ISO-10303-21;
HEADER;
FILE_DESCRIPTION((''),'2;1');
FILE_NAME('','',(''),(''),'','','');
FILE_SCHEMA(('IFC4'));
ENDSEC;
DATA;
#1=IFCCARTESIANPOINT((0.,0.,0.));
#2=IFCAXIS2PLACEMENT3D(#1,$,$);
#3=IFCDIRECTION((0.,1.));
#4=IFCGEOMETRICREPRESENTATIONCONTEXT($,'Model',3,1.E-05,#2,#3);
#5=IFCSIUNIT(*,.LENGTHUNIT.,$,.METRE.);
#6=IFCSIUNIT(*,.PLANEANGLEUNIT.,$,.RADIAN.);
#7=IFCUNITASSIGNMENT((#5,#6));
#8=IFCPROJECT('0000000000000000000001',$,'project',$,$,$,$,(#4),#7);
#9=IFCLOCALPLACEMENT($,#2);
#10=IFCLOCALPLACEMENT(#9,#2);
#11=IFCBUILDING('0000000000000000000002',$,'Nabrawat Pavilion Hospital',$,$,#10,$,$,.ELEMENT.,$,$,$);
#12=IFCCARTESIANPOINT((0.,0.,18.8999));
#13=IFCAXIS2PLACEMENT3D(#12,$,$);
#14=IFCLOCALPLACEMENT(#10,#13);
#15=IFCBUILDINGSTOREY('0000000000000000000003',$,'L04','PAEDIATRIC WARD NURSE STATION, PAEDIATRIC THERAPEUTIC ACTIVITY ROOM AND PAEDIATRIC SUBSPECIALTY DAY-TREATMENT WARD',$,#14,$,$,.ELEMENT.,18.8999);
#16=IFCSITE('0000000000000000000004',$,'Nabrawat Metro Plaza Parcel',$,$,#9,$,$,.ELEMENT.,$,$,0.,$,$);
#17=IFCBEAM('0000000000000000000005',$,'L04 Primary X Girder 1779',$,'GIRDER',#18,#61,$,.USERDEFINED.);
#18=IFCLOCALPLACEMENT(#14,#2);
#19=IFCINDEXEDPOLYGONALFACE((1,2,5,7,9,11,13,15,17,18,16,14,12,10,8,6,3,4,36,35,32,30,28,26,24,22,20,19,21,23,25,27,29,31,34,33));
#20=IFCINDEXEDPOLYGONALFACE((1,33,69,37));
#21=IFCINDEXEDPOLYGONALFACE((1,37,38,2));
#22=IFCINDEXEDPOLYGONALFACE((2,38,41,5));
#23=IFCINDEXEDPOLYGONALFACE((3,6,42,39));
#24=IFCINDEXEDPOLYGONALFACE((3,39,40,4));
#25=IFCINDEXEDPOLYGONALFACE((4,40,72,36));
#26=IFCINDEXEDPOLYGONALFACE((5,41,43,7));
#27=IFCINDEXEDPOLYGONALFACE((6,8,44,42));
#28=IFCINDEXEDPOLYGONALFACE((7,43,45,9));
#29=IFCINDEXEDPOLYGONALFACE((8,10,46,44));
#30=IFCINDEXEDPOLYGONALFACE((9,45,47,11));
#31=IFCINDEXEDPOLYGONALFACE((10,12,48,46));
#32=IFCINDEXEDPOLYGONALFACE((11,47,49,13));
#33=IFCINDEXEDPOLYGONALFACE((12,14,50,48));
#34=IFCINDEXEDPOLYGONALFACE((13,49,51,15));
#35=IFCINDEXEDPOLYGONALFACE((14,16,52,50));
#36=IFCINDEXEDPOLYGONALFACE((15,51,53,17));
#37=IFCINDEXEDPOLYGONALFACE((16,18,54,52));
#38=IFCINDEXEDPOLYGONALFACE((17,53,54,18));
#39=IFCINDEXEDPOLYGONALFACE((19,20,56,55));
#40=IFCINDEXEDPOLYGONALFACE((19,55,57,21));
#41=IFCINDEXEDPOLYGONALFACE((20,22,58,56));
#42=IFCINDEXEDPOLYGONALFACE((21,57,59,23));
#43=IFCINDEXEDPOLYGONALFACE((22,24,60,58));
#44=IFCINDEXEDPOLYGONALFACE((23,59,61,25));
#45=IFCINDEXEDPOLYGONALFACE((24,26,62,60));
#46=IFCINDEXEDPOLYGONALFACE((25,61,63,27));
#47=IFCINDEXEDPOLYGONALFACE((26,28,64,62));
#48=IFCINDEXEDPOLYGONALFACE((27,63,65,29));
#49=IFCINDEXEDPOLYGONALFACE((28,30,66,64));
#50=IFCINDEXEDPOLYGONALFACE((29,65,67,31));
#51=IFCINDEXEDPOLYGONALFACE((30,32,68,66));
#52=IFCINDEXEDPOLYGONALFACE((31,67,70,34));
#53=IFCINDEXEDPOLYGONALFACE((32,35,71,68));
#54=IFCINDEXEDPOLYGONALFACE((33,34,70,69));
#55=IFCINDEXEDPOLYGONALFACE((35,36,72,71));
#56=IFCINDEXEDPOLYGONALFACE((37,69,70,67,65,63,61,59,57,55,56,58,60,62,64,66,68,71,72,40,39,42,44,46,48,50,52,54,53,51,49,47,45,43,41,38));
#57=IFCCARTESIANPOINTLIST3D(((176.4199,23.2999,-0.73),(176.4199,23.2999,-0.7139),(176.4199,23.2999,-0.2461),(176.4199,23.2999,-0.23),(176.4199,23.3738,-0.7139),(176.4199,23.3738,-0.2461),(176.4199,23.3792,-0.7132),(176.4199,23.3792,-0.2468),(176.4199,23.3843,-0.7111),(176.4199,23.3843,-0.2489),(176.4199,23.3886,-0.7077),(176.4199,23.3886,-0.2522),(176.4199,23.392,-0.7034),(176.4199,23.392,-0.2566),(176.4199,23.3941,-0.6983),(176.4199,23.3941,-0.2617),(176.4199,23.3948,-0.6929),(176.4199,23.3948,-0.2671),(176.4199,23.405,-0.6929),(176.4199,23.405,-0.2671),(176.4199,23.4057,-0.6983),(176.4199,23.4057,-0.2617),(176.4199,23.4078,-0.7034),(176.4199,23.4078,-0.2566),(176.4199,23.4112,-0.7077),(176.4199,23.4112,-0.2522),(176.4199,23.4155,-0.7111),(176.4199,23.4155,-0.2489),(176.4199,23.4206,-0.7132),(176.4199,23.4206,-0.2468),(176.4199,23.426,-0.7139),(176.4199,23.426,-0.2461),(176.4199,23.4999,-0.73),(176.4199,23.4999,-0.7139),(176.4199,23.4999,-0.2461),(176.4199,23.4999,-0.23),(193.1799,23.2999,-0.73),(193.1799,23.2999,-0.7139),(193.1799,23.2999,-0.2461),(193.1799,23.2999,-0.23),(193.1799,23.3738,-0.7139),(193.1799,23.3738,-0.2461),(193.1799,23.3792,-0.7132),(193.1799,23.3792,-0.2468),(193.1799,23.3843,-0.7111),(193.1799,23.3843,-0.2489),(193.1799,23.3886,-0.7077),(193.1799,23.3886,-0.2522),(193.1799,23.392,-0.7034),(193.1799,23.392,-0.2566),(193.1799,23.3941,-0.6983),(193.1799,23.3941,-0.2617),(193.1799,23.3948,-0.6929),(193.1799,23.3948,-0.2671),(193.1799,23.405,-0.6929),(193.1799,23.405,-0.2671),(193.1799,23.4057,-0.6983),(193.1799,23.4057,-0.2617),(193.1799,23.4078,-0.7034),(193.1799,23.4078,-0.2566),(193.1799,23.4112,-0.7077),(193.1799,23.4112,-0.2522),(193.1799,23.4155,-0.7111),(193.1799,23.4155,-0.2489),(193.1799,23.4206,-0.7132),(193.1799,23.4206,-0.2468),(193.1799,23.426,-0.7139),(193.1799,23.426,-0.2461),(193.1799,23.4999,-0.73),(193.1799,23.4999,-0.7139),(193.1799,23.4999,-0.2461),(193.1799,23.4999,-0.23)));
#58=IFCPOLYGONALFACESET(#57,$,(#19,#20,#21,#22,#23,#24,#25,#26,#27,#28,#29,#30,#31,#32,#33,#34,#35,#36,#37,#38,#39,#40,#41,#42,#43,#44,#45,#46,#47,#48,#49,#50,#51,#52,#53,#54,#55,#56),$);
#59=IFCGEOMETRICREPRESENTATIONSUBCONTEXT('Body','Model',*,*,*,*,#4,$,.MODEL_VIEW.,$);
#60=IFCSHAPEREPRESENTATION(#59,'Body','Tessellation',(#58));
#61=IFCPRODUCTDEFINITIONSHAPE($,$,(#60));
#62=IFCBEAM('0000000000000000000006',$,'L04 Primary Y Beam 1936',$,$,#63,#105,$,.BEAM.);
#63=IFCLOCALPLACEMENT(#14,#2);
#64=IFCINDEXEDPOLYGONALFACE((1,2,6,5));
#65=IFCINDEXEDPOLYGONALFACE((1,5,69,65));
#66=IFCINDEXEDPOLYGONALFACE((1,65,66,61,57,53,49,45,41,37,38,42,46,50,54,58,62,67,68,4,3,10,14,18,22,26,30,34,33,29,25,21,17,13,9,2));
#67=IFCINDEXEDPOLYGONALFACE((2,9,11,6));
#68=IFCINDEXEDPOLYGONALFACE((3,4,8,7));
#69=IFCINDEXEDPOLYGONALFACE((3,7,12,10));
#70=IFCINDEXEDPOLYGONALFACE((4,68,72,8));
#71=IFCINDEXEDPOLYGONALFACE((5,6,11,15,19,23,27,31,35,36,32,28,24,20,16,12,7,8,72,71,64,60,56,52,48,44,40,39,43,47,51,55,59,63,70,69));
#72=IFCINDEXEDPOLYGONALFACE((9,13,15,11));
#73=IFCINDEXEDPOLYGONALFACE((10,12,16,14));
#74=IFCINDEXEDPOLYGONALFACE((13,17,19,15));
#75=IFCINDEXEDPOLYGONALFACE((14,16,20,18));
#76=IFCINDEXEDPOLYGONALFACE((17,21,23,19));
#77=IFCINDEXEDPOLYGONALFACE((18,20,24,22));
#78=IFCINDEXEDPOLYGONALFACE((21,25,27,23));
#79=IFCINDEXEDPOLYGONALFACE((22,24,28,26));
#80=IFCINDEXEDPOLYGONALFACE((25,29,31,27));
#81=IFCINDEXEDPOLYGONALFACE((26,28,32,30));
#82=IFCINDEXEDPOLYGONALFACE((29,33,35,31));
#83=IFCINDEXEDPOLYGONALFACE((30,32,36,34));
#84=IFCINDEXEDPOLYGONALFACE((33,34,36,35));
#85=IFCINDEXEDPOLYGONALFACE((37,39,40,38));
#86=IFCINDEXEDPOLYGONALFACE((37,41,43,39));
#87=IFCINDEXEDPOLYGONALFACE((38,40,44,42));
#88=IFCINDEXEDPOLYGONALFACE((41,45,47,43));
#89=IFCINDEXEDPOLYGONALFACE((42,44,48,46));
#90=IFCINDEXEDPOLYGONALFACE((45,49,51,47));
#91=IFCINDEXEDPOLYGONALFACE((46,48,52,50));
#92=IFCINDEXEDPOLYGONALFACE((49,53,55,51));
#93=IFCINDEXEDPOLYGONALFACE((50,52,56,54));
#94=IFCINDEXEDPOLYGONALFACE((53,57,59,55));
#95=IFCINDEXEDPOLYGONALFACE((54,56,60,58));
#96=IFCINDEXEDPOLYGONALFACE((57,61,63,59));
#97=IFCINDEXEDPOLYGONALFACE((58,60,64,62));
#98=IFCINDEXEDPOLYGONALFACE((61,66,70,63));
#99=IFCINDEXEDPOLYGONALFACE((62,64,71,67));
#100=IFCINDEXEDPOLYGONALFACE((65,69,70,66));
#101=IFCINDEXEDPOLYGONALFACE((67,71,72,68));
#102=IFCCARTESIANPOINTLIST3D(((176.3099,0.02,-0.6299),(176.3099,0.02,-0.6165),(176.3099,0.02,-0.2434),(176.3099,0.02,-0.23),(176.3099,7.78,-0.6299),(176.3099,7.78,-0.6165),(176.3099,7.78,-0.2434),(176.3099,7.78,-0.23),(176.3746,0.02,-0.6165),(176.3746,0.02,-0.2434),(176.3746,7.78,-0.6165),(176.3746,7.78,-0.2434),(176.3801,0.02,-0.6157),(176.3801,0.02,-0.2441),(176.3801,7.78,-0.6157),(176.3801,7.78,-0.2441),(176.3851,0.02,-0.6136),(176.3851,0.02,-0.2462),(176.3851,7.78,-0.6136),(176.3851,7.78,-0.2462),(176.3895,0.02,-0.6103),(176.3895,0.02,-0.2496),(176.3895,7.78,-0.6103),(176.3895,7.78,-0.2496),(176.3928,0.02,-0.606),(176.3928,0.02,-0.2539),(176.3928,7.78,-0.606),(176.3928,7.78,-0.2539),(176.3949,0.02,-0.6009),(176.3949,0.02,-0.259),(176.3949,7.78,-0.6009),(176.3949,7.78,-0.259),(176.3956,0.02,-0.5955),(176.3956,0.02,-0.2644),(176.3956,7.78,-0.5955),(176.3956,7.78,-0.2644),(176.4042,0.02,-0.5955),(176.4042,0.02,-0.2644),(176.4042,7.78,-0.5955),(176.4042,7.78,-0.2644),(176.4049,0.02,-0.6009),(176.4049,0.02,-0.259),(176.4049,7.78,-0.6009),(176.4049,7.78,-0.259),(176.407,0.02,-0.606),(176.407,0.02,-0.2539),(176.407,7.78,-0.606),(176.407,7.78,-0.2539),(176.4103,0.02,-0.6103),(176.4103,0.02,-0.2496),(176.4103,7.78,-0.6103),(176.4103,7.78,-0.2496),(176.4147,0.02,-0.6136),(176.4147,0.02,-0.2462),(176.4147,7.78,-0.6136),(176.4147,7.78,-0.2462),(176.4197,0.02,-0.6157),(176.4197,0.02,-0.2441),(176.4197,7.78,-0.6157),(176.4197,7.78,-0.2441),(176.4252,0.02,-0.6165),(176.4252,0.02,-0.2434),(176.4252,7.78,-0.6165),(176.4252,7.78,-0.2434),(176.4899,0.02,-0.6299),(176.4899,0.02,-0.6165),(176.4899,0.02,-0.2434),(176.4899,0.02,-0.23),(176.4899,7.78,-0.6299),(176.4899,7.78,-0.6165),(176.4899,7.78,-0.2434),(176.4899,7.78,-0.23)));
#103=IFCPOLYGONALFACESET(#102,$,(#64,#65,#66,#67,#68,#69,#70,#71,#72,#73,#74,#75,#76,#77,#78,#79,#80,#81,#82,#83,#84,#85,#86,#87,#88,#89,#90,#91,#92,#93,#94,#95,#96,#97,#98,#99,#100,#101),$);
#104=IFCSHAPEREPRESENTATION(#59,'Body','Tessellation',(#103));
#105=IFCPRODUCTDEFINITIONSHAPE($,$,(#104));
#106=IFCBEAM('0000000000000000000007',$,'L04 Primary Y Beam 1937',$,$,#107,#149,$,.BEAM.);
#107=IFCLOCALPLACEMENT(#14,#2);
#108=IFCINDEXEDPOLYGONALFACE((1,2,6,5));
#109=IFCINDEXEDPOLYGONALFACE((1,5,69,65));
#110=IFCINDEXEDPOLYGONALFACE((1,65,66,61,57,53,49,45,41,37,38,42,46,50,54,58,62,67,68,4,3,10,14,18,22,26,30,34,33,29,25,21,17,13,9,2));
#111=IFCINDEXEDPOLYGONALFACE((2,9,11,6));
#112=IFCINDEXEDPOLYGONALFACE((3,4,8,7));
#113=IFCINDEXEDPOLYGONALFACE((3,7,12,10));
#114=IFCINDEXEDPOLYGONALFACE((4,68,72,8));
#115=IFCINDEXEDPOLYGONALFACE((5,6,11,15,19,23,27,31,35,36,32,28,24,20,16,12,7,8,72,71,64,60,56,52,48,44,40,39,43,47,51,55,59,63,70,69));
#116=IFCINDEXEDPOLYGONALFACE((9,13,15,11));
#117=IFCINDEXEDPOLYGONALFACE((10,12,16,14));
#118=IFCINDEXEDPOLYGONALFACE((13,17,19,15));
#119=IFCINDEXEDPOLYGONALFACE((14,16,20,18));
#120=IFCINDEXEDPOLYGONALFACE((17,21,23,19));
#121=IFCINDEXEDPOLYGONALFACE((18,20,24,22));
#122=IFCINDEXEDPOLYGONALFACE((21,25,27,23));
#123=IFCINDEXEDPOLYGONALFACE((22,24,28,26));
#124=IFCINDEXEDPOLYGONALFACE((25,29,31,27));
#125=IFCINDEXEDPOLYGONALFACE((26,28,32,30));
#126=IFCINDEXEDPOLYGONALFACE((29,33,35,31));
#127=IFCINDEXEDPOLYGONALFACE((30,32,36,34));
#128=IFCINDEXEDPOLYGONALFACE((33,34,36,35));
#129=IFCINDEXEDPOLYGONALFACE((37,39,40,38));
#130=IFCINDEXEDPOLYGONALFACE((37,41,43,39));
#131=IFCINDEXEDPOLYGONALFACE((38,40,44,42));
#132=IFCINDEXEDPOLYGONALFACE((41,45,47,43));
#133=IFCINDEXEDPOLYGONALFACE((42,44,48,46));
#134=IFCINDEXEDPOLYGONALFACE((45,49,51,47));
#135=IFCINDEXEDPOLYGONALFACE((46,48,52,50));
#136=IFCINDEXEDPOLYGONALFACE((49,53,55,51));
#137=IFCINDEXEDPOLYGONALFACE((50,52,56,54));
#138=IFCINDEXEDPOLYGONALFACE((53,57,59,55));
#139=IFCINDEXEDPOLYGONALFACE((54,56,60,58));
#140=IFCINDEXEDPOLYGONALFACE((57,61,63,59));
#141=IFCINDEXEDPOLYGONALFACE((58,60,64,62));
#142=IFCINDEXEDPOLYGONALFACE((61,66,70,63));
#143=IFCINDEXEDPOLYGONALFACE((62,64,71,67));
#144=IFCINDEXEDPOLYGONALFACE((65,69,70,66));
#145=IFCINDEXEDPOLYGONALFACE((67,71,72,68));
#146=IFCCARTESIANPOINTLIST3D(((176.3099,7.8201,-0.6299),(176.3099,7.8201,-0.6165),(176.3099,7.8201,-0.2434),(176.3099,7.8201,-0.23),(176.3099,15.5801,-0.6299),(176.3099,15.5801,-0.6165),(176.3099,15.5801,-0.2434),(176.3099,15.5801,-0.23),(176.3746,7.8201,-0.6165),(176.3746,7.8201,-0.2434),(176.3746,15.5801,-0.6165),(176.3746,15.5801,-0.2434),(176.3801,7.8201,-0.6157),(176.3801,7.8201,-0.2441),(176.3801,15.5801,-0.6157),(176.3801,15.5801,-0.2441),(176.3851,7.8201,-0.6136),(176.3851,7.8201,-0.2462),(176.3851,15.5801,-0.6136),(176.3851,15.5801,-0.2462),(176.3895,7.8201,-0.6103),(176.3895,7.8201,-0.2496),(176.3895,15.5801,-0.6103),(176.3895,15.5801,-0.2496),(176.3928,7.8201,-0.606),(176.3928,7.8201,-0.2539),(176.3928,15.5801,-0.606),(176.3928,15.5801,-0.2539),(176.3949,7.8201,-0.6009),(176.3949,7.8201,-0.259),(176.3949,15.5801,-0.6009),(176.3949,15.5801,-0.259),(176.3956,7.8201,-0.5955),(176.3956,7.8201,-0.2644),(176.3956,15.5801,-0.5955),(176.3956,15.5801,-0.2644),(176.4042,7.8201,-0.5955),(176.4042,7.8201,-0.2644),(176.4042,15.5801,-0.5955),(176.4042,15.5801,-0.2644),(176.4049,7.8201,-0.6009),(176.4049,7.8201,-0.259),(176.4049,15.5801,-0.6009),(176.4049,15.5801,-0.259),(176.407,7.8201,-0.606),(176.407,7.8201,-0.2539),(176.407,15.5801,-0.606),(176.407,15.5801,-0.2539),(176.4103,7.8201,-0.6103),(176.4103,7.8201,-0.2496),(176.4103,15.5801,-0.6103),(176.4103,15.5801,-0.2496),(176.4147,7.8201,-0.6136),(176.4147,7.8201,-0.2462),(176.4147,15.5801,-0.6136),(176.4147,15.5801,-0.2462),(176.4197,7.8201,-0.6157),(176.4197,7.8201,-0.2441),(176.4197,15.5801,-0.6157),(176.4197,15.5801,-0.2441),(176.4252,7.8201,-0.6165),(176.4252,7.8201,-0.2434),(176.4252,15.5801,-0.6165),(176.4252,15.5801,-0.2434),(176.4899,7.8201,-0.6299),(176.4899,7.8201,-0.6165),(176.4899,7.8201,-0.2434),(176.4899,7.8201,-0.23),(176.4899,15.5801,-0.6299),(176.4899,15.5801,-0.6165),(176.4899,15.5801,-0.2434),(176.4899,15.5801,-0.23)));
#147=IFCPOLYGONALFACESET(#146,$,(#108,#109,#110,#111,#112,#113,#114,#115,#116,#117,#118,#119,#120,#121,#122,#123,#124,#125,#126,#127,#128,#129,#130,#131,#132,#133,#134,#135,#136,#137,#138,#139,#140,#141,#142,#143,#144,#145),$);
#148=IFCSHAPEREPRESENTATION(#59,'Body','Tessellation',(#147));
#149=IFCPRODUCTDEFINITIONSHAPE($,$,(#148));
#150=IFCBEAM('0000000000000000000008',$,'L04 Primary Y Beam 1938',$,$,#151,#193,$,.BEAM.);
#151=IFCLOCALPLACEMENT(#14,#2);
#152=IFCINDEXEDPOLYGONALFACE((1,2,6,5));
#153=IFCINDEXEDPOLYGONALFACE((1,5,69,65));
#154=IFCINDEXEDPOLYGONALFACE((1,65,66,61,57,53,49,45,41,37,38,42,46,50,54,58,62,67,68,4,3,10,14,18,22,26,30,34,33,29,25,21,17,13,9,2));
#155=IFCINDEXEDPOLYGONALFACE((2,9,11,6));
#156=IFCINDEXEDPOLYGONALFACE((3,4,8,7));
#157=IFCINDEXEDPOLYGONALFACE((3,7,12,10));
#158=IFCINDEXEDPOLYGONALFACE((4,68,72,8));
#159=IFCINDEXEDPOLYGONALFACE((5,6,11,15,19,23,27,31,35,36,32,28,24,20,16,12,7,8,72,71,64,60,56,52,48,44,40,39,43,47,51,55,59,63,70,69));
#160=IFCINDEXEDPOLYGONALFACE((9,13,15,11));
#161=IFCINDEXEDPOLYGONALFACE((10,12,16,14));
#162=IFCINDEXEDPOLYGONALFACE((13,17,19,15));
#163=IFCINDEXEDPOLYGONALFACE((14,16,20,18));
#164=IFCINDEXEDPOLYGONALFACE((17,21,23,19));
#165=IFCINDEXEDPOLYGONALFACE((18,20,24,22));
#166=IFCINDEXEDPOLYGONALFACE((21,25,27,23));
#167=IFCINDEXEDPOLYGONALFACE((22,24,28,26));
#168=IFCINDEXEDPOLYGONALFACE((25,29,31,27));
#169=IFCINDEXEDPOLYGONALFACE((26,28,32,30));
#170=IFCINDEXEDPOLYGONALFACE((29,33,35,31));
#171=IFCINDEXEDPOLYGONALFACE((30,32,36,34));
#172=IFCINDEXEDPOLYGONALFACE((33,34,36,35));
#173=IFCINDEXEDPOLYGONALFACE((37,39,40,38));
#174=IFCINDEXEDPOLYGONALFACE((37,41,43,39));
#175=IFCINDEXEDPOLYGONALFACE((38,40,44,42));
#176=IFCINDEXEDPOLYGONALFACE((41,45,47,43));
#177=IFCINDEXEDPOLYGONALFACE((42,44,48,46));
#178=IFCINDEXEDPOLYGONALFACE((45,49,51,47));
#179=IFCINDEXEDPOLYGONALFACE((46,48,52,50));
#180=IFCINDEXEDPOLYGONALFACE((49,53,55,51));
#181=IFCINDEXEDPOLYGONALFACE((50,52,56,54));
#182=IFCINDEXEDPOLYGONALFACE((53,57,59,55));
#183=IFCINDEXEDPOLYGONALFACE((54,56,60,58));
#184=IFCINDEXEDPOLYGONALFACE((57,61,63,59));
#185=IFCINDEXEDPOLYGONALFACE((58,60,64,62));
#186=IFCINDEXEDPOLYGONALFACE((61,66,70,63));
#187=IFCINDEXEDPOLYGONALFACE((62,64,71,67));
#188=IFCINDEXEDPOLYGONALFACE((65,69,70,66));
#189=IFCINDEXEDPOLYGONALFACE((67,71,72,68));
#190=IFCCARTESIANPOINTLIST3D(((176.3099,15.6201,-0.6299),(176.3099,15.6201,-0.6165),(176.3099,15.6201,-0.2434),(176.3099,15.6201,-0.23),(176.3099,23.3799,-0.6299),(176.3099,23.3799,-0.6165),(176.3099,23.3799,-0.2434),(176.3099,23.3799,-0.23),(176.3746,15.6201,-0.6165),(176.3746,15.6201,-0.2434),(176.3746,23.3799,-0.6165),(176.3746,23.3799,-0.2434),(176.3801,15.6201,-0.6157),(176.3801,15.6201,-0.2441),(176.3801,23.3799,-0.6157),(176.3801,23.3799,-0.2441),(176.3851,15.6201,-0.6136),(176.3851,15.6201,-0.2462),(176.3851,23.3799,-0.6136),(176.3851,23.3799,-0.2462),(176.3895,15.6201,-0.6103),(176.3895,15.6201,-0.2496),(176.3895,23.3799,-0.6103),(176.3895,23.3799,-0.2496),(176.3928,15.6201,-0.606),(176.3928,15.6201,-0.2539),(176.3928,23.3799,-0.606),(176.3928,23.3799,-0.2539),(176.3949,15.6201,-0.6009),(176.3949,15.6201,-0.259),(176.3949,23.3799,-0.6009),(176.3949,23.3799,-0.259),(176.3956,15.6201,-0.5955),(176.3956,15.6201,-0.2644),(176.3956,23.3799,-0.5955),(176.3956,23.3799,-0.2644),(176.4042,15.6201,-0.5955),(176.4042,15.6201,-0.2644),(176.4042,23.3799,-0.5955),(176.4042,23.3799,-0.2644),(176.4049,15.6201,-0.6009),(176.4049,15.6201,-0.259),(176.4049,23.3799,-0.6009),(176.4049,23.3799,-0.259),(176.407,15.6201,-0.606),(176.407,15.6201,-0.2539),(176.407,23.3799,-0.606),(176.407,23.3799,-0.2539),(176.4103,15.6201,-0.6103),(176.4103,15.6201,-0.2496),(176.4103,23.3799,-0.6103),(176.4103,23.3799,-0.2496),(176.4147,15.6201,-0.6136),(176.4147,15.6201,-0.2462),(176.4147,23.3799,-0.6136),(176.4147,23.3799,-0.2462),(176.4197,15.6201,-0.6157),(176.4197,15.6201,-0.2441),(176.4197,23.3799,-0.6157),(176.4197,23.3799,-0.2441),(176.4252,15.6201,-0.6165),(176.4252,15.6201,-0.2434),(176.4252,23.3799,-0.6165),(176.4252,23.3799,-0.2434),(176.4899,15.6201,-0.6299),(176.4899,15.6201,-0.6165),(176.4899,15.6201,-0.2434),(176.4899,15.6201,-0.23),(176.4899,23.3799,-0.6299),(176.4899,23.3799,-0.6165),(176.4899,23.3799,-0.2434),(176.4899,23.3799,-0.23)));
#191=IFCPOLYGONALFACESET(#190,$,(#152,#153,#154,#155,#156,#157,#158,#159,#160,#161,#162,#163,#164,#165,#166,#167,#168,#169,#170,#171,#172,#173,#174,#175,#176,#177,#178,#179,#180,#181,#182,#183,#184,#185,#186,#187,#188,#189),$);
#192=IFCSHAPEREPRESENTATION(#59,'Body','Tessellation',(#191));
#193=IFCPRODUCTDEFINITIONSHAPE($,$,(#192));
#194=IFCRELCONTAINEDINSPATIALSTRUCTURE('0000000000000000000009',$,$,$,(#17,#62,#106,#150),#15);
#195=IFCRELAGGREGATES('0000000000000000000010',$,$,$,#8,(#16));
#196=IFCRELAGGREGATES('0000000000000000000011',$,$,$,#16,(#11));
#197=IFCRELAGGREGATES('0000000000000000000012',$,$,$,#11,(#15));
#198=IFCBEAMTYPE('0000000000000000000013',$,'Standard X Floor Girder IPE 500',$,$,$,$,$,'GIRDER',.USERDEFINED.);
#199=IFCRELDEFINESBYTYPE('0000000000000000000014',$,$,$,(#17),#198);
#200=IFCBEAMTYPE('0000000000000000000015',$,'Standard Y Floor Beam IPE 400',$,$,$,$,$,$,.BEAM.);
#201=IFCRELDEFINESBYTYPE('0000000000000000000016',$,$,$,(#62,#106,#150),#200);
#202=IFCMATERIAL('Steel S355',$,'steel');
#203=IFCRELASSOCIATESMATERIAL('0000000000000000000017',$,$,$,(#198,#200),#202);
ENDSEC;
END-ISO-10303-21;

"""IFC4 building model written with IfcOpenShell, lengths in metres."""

from ifc_helpers import new_model, si_unit, direction, frame, origin, origin_2d, place, context, subcontext, project, spatial, i_section, extrude, material, material_profile, profile_set, type_object, element, save


model = new_model("IFC4")

# Units and contexts
model_context = context("Model", 3, precision=1e-05, world=origin(), true_north=direction((0.0, 1.0)))
body_context = subcontext(model_context, "Body", "Model", "MODEL_VIEW")
ifc_project = project(units=[si_unit("LENGTHUNIT", "METRE"), si_unit("PLANEANGLEUNIT", "RADIAN")], contexts=[model_context])

# Site, building, storey
site_placement = place(None, origin())
site = spatial("IfcSite", under=ifc_project, at=site_placement, Name="Nabrawat Metro Plaza Parcel", CompositionType="ELEMENT", RefElevation=0.0)
building_placement = place(site_placement, origin())
building = spatial("IfcBuilding", under=site, at=building_placement, Name="Nabrawat Pavilion Hospital", CompositionType="ELEMENT")
storey_placement = place(building_placement, frame((0.0, 0.0, 18.8999)))
storey = spatial("IfcBuildingStorey", under=building, at=storey_placement, Name="L04", Description="PAEDIATRIC WARD NURSE STATION, PAEDIATRIC THERAPEUTIC ACTIVITY ROOM AND PAEDIATRIC SUBSPECIALTY DAY-TREATMENT WARD", CompositionType="ELEMENT", Elevation=18.8999)

# Beams
ifc_material_1 = material(Name="Steel S355", Category="steel")
ifc_material_profile_1 = material_profile(ifc_material_1, i_section(OverallWidth=0.2, OverallDepth=0.5, WebThickness=0.0103, FlangeThickness=0.0161, FilletRadius=0.021, at=origin_2d()), Name="IPE 500")
ifc_profile_set_1 = profile_set([ifc_material_profile_1], Name="Steel S355")
beam_type_1 = type_object("IfcBeamType", Name="Standard X Floor Girder IPE 500", ElementType="GIRDER", PredefinedType="USERDEFINED", material=ifc_profile_set_1)
beam_1_placement = place(storey_placement, frame((176.4199, 23.3999, -0.48), z_axis=(1.0, 0.0, 0.0), x_axis=(0.0, 1.0, 0.0)))
element("IfcBeam", 1, at=beam_1_placement, inside=storey, type_object=beam_type_1, Name="L04 Primary X Girder 1779", ObjectType="GIRDER", PredefinedType="USERDEFINED", context=body_context, shape_type="SweptSolid", body=[
    extrude(i_section(OverallWidth=0.2, OverallDepth=0.5, WebThickness=0.0103, FlangeThickness=0.0161, FilletRadius=0.021, at=origin_2d()), origin(), (0.0, 0.0, 1.0), 16.76),
])
ifc_material_profile_2 = material_profile(ifc_material_1, i_section(OverallWidth=0.1799, OverallDepth=0.3999, WebThickness=0.0085, FlangeThickness=0.0134, FilletRadius=0.021, at=origin_2d()), Name="IPE 400")
ifc_profile_set_2 = profile_set([ifc_material_profile_2], Name="Steel S355")
beam_type_2 = type_object("IfcBeamType", Name="Standard Y Floor Beam IPE 400", PredefinedType="BEAM", material=ifc_profile_set_2)
for number, where, z_axis, x_axis, name in (
    (2, (176.3999, 0.02, -0.4299), (0.0, 1.0, 0.0), (-1.0, 0.0, 0.0), "L04 Primary Y Beam 1936"),
    (3, (176.3999, 7.8201, -0.4299), (0.0, 1.0, 0.0), (-1.0, 0.0, 0.0), "L04 Primary Y Beam 1937"),
):
    element("IfcBeam", number, at=place(storey_placement, frame(where, z_axis=z_axis, x_axis=x_axis)), inside=storey, type_object=beam_type_2, Name=name, PredefinedType="BEAM", context=body_context, shape_type="SweptSolid", body=[
        extrude(i_section(OverallWidth=0.1799, OverallDepth=0.3999, WebThickness=0.0085, FlangeThickness=0.0134, FilletRadius=0.021, at=origin_2d()), origin(), (0.0, 0.0, 1.0), 7.76),
    ])
beam_2_placement = place(storey_placement, frame((176.3999, 15.6201, -0.4299), z_axis=(0.0, 1.0, 0.0), x_axis=(-1.0, 0.0, 0.0)))
element("IfcBeam", 4, at=beam_2_placement, inside=storey, type_object=beam_type_2, Name="L04 Primary Y Beam 1938", PredefinedType="BEAM", context=body_context, shape_type="SweptSolid", body=[
    extrude(i_section(OverallWidth=0.1799, OverallDepth=0.3999, WebThickness=0.0085, FlangeThickness=0.0134, FilletRadius=0.021, at=origin_2d()), origin(), (0.0, 0.0, 1.0), 7.7598),
])

save(model, "model.ifc")
